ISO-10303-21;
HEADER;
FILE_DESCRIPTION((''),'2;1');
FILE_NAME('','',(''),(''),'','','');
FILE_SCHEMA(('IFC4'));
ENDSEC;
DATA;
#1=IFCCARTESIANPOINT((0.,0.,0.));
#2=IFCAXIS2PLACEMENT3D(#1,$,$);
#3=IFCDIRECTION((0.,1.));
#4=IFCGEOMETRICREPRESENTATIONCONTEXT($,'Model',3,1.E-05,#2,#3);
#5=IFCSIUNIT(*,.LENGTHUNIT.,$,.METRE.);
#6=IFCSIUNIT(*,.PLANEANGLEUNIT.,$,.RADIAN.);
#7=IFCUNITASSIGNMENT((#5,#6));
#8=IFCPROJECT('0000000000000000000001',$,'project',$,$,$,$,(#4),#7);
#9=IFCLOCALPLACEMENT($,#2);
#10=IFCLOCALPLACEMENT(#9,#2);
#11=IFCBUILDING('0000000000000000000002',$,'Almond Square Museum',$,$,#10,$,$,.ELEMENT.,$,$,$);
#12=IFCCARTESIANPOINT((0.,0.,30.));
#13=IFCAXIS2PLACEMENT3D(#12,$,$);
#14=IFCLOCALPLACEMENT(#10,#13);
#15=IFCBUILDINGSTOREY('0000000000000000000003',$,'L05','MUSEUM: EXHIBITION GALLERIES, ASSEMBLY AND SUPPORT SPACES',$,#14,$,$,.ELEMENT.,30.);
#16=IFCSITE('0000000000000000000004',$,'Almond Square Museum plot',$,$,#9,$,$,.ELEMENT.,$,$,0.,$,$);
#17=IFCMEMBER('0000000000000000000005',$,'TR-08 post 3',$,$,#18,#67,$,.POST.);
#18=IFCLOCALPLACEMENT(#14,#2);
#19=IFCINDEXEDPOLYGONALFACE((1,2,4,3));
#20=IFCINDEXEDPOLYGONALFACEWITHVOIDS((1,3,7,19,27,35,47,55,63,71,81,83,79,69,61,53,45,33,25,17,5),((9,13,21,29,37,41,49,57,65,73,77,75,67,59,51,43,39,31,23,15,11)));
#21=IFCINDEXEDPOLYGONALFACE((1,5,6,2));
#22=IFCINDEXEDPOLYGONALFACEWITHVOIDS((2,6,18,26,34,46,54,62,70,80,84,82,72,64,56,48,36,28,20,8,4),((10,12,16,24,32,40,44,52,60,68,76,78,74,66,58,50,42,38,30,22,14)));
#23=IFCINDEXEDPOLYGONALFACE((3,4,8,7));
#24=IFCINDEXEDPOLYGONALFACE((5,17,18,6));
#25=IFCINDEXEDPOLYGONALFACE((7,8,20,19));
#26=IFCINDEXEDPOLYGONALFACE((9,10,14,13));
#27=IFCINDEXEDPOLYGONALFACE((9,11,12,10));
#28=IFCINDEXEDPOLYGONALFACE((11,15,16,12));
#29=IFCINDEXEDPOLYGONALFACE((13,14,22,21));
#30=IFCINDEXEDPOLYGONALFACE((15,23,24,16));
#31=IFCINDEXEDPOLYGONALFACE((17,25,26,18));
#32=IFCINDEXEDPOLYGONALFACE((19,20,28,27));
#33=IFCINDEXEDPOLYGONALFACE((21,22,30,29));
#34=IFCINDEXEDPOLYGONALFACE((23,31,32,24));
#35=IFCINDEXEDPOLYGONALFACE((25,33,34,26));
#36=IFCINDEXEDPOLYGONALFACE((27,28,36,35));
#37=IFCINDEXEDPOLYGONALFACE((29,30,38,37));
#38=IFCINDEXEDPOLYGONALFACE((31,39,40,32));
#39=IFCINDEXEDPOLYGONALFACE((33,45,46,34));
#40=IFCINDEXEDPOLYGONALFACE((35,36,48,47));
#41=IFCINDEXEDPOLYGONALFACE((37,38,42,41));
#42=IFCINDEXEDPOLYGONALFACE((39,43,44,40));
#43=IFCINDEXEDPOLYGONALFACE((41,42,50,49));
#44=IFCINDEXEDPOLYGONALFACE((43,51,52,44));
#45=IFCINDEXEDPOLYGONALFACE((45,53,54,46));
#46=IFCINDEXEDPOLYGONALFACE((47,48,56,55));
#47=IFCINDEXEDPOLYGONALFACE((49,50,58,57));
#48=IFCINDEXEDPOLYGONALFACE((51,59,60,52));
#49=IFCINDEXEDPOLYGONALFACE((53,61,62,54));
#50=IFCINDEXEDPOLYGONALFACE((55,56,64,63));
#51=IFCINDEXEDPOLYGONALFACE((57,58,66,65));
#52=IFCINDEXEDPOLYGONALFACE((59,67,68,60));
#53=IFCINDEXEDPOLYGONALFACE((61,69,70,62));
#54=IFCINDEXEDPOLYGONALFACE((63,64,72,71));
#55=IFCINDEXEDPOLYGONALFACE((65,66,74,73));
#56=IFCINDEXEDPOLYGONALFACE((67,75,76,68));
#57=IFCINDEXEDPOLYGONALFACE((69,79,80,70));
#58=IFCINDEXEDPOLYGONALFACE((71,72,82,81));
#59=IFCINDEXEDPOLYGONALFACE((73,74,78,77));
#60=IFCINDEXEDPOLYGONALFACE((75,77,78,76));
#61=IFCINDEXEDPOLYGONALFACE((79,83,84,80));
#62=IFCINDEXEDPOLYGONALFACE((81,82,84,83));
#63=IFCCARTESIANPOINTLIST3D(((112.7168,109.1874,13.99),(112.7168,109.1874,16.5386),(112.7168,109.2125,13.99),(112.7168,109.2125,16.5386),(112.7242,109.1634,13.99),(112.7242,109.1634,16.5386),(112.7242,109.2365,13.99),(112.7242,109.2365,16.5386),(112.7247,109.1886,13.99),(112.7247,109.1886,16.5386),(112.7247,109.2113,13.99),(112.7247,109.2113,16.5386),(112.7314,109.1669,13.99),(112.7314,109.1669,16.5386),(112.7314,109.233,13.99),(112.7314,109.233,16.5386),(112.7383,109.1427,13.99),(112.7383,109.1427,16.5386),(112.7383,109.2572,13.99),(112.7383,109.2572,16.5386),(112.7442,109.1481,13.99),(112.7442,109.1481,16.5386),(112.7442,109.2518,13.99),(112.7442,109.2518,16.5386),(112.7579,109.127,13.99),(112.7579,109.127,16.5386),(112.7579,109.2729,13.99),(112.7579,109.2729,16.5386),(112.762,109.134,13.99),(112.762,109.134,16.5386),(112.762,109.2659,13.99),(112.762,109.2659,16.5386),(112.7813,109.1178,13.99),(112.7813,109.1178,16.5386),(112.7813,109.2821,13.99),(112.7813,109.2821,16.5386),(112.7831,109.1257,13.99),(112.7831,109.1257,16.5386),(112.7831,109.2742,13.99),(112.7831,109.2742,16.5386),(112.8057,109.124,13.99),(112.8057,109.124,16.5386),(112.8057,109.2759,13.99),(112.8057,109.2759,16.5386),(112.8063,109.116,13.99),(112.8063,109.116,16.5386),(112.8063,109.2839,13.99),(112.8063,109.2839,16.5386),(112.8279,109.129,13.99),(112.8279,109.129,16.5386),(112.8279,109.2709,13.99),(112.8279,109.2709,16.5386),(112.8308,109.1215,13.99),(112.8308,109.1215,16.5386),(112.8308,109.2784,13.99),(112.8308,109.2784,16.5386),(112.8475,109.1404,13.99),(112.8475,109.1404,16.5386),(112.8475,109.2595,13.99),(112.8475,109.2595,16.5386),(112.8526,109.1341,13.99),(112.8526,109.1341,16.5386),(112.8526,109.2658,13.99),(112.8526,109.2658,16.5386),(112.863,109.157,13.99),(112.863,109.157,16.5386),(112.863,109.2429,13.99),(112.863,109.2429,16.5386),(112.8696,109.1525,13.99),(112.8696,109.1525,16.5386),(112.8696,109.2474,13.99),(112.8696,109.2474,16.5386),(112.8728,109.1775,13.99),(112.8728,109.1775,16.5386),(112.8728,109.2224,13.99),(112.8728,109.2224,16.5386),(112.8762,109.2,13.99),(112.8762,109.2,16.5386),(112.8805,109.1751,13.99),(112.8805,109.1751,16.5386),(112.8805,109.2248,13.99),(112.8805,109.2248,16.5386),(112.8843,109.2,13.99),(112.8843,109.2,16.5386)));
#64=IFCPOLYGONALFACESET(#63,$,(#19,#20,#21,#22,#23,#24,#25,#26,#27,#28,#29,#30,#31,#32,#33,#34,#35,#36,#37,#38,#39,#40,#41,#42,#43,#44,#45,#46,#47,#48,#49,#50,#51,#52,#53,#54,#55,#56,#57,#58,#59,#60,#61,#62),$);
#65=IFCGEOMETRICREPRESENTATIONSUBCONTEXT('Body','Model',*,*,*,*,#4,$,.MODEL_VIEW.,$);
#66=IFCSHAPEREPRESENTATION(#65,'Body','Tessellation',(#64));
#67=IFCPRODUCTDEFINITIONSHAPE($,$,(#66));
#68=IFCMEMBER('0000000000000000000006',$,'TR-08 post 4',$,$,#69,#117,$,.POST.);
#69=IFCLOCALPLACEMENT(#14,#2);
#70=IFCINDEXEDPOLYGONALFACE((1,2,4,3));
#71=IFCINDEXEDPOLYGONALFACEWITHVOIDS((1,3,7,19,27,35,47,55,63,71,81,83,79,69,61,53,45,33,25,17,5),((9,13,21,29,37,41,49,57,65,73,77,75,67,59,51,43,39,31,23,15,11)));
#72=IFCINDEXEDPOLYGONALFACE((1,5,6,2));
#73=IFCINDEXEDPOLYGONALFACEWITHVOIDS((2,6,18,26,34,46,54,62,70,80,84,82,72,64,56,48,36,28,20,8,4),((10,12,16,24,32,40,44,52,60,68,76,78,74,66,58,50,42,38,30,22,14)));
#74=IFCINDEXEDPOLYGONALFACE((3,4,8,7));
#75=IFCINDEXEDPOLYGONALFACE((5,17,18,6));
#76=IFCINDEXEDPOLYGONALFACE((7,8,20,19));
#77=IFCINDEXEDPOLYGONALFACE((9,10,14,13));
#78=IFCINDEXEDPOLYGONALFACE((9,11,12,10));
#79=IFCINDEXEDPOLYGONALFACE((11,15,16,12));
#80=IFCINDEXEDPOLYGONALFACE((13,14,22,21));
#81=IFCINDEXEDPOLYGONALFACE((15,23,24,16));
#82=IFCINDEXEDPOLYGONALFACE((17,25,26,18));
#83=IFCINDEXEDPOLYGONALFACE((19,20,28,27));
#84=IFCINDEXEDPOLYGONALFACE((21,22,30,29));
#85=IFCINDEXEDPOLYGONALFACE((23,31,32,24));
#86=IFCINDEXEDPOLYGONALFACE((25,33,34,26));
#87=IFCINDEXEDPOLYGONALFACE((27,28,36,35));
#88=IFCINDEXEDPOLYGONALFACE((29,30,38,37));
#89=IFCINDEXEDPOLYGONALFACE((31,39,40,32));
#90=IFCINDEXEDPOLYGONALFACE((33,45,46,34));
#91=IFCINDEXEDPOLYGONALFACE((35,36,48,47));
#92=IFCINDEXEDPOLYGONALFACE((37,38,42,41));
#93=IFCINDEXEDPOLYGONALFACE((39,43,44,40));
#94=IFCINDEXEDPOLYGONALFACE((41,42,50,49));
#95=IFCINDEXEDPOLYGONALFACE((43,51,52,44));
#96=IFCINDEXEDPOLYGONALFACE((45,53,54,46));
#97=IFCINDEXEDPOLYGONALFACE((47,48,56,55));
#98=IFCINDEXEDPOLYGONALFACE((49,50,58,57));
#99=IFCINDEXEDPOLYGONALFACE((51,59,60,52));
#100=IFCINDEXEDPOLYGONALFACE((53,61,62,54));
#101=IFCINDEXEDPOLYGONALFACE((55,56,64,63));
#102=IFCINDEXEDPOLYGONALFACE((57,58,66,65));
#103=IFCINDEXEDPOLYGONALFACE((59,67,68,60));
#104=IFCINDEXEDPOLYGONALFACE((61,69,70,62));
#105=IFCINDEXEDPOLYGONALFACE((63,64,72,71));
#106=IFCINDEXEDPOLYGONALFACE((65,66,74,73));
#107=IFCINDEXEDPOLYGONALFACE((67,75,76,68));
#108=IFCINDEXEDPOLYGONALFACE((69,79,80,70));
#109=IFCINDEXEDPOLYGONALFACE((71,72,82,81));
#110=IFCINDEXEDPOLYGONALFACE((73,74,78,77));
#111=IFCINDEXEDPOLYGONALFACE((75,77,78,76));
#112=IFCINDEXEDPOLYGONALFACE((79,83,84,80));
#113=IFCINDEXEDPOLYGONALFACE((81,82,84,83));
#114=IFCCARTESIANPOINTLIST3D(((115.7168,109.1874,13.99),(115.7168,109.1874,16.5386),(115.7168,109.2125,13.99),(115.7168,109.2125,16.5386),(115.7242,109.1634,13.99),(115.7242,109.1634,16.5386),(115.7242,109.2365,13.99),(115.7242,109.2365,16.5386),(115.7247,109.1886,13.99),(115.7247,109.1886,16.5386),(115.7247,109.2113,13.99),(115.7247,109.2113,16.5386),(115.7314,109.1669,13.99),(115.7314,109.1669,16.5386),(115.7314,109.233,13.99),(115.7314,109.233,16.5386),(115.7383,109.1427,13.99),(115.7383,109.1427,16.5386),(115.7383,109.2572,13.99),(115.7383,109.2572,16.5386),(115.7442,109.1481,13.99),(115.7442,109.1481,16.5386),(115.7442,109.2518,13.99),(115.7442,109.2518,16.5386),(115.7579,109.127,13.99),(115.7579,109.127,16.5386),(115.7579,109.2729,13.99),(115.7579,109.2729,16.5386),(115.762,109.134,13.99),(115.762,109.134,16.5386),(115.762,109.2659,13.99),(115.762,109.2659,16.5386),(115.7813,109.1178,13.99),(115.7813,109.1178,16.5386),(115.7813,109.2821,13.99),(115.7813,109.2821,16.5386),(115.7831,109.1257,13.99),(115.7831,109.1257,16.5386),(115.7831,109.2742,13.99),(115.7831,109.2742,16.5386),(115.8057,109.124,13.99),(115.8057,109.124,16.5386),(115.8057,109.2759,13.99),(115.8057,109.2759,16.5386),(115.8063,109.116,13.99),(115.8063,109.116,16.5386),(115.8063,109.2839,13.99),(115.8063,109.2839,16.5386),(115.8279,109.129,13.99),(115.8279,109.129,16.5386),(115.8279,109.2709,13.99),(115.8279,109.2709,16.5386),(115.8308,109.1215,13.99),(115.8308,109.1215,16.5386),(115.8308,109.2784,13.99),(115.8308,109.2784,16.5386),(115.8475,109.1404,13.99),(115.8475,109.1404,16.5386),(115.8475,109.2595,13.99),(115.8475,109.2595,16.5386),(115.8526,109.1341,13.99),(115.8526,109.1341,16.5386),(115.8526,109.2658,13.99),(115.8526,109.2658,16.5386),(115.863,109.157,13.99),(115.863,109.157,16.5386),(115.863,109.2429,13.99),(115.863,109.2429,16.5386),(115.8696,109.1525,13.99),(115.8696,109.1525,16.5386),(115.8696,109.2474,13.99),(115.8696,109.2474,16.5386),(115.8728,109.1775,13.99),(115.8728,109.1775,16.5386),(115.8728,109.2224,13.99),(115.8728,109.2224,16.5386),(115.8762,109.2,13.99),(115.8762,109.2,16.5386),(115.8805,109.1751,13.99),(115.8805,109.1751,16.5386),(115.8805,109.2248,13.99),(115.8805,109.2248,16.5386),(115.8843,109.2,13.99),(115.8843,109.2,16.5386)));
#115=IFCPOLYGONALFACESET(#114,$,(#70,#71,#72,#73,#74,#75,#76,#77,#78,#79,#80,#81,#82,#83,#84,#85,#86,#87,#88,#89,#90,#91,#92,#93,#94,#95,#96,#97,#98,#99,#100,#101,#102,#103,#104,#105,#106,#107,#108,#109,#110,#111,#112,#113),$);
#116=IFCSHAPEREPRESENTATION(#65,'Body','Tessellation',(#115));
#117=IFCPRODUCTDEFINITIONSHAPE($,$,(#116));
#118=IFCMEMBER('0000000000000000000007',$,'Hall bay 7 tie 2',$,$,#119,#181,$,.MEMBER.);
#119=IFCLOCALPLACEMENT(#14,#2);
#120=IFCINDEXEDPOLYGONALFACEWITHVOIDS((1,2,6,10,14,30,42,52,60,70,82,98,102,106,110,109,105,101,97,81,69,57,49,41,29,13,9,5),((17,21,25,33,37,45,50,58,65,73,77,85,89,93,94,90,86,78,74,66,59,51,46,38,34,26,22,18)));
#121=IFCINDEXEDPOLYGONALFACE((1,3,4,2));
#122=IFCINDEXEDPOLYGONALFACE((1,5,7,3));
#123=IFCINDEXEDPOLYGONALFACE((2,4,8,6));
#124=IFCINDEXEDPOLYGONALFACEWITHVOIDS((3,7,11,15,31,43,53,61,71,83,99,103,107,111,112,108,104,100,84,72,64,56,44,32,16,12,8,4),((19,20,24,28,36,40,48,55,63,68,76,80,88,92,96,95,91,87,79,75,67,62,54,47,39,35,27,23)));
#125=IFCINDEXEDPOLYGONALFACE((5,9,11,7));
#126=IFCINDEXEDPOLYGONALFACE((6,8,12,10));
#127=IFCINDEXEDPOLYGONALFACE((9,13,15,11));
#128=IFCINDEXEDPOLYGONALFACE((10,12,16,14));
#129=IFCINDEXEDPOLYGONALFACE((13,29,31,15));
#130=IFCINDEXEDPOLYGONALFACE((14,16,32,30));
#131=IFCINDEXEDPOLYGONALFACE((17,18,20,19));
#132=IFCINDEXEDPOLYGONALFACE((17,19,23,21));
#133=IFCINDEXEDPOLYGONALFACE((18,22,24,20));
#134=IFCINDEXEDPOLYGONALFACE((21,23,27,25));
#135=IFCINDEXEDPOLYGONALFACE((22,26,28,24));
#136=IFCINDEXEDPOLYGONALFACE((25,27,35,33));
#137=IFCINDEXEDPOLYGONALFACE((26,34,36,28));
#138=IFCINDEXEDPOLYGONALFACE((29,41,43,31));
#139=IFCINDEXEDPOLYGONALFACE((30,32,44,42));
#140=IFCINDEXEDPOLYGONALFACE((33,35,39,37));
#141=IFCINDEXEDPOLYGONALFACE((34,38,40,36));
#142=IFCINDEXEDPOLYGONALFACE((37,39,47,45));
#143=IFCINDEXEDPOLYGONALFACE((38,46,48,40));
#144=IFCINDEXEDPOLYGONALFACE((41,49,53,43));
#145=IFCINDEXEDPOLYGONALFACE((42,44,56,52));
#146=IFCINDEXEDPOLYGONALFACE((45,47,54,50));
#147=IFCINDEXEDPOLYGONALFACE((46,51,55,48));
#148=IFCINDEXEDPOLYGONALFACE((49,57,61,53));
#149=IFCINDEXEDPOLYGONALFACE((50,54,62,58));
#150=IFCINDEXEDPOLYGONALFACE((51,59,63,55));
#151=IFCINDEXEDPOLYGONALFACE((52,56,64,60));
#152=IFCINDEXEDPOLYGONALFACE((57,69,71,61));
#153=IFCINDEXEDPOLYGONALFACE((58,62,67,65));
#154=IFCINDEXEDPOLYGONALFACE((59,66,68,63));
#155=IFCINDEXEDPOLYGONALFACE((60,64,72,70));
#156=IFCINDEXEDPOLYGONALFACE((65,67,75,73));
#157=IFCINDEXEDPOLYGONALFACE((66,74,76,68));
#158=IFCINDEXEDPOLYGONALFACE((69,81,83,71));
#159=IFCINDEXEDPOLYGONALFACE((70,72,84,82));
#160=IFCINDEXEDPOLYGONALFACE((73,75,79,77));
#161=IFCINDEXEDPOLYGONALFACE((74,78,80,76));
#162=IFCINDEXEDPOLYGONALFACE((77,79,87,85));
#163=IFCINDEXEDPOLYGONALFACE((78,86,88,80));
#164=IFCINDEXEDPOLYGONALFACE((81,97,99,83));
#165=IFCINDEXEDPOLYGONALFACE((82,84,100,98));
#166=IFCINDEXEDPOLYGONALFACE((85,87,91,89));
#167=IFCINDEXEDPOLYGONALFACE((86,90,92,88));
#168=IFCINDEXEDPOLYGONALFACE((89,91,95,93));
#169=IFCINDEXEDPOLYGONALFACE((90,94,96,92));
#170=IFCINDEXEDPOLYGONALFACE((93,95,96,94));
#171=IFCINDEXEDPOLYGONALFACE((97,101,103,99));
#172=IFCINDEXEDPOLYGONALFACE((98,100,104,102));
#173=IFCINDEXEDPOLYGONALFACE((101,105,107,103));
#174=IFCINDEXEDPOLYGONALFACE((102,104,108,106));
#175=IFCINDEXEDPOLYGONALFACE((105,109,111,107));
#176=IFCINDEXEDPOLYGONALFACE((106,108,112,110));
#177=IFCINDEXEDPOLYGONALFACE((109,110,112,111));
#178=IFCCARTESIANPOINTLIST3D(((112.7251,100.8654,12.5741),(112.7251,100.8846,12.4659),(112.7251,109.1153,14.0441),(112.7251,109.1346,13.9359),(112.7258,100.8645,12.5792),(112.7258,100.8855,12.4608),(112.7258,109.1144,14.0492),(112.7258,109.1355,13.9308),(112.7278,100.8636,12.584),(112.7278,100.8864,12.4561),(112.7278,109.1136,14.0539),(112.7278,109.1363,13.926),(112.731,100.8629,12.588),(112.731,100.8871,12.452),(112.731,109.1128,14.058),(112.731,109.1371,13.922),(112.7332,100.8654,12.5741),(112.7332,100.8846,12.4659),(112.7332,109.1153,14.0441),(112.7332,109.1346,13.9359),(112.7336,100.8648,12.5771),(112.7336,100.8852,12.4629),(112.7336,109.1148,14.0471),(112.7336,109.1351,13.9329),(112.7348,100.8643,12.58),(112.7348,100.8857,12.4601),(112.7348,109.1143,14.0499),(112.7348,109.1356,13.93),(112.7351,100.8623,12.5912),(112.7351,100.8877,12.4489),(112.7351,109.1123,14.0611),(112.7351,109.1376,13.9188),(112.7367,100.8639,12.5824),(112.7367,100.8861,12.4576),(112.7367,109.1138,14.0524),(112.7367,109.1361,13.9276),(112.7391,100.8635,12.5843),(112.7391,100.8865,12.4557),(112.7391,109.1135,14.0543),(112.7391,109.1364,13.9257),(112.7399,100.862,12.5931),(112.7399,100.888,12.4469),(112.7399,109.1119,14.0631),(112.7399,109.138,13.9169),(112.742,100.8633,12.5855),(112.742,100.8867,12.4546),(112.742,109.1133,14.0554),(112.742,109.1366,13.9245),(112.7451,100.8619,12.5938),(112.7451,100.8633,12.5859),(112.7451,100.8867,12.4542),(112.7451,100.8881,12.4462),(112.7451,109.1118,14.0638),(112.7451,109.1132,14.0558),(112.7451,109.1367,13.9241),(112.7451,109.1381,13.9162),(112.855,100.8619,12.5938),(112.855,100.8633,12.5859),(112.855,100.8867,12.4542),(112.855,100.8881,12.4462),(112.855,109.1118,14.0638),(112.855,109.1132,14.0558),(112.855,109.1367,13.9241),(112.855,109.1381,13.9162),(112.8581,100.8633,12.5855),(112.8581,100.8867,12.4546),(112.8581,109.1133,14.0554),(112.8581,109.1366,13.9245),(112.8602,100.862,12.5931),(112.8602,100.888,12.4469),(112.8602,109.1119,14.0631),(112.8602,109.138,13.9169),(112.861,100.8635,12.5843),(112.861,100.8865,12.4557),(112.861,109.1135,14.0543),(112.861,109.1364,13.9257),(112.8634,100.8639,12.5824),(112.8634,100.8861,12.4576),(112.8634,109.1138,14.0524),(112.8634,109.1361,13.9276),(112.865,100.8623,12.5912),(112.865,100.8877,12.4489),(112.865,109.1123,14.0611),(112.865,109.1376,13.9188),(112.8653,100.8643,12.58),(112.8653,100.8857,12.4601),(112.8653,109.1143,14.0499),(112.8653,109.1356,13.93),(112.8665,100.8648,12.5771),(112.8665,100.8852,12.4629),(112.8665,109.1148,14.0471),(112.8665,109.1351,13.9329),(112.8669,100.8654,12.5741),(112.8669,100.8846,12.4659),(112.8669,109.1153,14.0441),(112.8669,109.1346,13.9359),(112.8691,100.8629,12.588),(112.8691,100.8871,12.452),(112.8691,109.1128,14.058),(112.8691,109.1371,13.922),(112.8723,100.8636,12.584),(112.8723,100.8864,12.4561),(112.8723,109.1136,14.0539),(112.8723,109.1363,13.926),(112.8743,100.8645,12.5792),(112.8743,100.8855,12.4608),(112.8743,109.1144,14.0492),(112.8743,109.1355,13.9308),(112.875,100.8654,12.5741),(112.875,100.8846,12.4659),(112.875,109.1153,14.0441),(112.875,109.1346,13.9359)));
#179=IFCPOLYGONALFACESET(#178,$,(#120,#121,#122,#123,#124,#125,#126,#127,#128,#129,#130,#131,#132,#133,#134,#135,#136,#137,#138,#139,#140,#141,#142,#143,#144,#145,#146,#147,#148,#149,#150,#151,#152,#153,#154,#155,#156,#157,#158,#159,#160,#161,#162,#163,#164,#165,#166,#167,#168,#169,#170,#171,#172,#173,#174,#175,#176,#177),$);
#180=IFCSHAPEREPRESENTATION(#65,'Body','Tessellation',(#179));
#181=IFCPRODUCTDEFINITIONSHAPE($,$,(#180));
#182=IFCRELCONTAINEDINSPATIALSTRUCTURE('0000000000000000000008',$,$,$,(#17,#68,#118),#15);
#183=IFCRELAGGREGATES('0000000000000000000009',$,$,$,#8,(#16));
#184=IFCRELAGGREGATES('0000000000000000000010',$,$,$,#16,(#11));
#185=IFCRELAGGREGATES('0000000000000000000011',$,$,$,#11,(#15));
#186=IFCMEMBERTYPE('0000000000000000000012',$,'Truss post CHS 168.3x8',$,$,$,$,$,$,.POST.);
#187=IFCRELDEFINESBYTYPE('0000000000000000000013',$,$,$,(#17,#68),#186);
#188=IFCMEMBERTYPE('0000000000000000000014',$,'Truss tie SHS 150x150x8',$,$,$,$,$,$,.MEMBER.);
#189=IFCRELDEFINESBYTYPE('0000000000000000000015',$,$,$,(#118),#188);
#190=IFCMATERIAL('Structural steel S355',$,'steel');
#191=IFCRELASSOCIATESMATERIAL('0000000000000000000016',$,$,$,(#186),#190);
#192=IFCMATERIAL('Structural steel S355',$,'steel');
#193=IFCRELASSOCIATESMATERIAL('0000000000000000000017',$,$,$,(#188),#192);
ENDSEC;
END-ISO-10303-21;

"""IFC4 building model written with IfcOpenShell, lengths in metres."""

from ifc_helpers import new_model, si_unit, direction, frame, origin, origin_2d, place, context, subcontext, project, spatial, hollow_rectangle, hollow_circle, extrude, material, material_profile, profile_set, type_object, element, save


model = new_model("IFC4")

# Units and contexts
model_context = context("Model", 3, precision=1e-05, world=origin(), true_north=direction((0.0, 1.0)))
body_context = subcontext(model_context, "Body", "Model", "MODEL_VIEW")
ifc_project = project(units=[si_unit("LENGTHUNIT", "METRE"), si_unit("PLANEANGLEUNIT", "RADIAN")], contexts=[model_context])

# Site, building, storey
site_placement = place(None, origin())
site = spatial("IfcSite", under=ifc_project, at=site_placement, Name="Almond Square Museum plot", CompositionType="ELEMENT", RefElevation=0.0)
building_placement = place(site_placement, origin())
building = spatial("IfcBuilding", under=site, at=building_placement, Name="Almond Square Museum", CompositionType="ELEMENT")
storey_placement = place(building_placement, frame((0.0, 0.0, 30.0)))
storey = spatial("IfcBuildingStorey", under=building, at=storey_placement, Name="L05", Description="MUSEUM: EXHIBITION GALLERIES, ASSEMBLY AND SUPPORT SPACES", CompositionType="ELEMENT", Elevation=30.0)

# Members
ifc_material_1 = material(Name="Structural steel S355", Category="steel")
ifc_material_profile_1 = material_profile(ifc_material_1, hollow_circle(Radius=0.0842, WallThickness=0.0081, at=origin_2d()))
ifc_profile_set_1 = profile_set([ifc_material_profile_1], Name="Structural steel S355")
member_type_1 = type_object("IfcMemberType", Name="Truss post CHS 168.3x8", PredefinedType="POST", material=ifc_profile_set_1)
for number, where, z_axis, x_axis, name in (
    (1, (112.8, 109.2, 13.99), (0.0, 0.0, 1.0), (1.0, 0.0, 0.0), "TR-08 post 3"),
    (2, (115.8, 109.2, 13.99), (0.0, 0.0, 1.0), (1.0, 0.0, 0.0), "TR-08 post 4"),
):
    element("IfcMember", number, at=place(storey_placement, frame(where, z_axis=z_axis, x_axis=x_axis)), inside=storey, type_object=member_type_1, Name=name, PredefinedType="POST", context=body_context, shape_type="SweptSolid", body=[
        extrude(hollow_circle(Radius=0.0842, WallThickness=0.0081, at=origin_2d()), origin(), (0.0, 0.0, 1.0), 2.5486),
    ])
ifc_material_2 = material(Name="Structural steel S355", Category="steel")
ifc_material_profile_2 = material_profile(ifc_material_2, hollow_rectangle(XDim=0.1499, YDim=0.1499, WallThickness=0.0081, InnerFilletRadius=0.012, OuterFilletRadius=0.02, at=origin_2d()))
ifc_profile_set_2 = profile_set([ifc_material_profile_2], Name="Structural steel S355")
member_type_2 = type_object("IfcMemberType", Name="Truss tie SHS 150x150x8", PredefinedType="MEMBER", material=ifc_profile_set_2)
member_1_placement = place(storey_placement, frame((112.8, 100.875, 12.52), z_axis=(0.0, 0.984494, 0.175416), x_axis=(-1.0, 0.0, 0.0)))
element("IfcMember", 3, at=member_1_placement, inside=storey, type_object=member_type_2, Name="Hall bay 7 tie 2", PredefinedType="MEMBER", context=body_context, shape_type="SweptSolid", body=[
    extrude(hollow_rectangle(XDim=0.1499, YDim=0.1499, WallThickness=0.0081, InnerFilletRadius=0.012, OuterFilletRadius=0.02, at=origin_2d()), origin(), (0.0, 0.0, 1.0), 8.3799),
])

save(model, "model.ifc")
